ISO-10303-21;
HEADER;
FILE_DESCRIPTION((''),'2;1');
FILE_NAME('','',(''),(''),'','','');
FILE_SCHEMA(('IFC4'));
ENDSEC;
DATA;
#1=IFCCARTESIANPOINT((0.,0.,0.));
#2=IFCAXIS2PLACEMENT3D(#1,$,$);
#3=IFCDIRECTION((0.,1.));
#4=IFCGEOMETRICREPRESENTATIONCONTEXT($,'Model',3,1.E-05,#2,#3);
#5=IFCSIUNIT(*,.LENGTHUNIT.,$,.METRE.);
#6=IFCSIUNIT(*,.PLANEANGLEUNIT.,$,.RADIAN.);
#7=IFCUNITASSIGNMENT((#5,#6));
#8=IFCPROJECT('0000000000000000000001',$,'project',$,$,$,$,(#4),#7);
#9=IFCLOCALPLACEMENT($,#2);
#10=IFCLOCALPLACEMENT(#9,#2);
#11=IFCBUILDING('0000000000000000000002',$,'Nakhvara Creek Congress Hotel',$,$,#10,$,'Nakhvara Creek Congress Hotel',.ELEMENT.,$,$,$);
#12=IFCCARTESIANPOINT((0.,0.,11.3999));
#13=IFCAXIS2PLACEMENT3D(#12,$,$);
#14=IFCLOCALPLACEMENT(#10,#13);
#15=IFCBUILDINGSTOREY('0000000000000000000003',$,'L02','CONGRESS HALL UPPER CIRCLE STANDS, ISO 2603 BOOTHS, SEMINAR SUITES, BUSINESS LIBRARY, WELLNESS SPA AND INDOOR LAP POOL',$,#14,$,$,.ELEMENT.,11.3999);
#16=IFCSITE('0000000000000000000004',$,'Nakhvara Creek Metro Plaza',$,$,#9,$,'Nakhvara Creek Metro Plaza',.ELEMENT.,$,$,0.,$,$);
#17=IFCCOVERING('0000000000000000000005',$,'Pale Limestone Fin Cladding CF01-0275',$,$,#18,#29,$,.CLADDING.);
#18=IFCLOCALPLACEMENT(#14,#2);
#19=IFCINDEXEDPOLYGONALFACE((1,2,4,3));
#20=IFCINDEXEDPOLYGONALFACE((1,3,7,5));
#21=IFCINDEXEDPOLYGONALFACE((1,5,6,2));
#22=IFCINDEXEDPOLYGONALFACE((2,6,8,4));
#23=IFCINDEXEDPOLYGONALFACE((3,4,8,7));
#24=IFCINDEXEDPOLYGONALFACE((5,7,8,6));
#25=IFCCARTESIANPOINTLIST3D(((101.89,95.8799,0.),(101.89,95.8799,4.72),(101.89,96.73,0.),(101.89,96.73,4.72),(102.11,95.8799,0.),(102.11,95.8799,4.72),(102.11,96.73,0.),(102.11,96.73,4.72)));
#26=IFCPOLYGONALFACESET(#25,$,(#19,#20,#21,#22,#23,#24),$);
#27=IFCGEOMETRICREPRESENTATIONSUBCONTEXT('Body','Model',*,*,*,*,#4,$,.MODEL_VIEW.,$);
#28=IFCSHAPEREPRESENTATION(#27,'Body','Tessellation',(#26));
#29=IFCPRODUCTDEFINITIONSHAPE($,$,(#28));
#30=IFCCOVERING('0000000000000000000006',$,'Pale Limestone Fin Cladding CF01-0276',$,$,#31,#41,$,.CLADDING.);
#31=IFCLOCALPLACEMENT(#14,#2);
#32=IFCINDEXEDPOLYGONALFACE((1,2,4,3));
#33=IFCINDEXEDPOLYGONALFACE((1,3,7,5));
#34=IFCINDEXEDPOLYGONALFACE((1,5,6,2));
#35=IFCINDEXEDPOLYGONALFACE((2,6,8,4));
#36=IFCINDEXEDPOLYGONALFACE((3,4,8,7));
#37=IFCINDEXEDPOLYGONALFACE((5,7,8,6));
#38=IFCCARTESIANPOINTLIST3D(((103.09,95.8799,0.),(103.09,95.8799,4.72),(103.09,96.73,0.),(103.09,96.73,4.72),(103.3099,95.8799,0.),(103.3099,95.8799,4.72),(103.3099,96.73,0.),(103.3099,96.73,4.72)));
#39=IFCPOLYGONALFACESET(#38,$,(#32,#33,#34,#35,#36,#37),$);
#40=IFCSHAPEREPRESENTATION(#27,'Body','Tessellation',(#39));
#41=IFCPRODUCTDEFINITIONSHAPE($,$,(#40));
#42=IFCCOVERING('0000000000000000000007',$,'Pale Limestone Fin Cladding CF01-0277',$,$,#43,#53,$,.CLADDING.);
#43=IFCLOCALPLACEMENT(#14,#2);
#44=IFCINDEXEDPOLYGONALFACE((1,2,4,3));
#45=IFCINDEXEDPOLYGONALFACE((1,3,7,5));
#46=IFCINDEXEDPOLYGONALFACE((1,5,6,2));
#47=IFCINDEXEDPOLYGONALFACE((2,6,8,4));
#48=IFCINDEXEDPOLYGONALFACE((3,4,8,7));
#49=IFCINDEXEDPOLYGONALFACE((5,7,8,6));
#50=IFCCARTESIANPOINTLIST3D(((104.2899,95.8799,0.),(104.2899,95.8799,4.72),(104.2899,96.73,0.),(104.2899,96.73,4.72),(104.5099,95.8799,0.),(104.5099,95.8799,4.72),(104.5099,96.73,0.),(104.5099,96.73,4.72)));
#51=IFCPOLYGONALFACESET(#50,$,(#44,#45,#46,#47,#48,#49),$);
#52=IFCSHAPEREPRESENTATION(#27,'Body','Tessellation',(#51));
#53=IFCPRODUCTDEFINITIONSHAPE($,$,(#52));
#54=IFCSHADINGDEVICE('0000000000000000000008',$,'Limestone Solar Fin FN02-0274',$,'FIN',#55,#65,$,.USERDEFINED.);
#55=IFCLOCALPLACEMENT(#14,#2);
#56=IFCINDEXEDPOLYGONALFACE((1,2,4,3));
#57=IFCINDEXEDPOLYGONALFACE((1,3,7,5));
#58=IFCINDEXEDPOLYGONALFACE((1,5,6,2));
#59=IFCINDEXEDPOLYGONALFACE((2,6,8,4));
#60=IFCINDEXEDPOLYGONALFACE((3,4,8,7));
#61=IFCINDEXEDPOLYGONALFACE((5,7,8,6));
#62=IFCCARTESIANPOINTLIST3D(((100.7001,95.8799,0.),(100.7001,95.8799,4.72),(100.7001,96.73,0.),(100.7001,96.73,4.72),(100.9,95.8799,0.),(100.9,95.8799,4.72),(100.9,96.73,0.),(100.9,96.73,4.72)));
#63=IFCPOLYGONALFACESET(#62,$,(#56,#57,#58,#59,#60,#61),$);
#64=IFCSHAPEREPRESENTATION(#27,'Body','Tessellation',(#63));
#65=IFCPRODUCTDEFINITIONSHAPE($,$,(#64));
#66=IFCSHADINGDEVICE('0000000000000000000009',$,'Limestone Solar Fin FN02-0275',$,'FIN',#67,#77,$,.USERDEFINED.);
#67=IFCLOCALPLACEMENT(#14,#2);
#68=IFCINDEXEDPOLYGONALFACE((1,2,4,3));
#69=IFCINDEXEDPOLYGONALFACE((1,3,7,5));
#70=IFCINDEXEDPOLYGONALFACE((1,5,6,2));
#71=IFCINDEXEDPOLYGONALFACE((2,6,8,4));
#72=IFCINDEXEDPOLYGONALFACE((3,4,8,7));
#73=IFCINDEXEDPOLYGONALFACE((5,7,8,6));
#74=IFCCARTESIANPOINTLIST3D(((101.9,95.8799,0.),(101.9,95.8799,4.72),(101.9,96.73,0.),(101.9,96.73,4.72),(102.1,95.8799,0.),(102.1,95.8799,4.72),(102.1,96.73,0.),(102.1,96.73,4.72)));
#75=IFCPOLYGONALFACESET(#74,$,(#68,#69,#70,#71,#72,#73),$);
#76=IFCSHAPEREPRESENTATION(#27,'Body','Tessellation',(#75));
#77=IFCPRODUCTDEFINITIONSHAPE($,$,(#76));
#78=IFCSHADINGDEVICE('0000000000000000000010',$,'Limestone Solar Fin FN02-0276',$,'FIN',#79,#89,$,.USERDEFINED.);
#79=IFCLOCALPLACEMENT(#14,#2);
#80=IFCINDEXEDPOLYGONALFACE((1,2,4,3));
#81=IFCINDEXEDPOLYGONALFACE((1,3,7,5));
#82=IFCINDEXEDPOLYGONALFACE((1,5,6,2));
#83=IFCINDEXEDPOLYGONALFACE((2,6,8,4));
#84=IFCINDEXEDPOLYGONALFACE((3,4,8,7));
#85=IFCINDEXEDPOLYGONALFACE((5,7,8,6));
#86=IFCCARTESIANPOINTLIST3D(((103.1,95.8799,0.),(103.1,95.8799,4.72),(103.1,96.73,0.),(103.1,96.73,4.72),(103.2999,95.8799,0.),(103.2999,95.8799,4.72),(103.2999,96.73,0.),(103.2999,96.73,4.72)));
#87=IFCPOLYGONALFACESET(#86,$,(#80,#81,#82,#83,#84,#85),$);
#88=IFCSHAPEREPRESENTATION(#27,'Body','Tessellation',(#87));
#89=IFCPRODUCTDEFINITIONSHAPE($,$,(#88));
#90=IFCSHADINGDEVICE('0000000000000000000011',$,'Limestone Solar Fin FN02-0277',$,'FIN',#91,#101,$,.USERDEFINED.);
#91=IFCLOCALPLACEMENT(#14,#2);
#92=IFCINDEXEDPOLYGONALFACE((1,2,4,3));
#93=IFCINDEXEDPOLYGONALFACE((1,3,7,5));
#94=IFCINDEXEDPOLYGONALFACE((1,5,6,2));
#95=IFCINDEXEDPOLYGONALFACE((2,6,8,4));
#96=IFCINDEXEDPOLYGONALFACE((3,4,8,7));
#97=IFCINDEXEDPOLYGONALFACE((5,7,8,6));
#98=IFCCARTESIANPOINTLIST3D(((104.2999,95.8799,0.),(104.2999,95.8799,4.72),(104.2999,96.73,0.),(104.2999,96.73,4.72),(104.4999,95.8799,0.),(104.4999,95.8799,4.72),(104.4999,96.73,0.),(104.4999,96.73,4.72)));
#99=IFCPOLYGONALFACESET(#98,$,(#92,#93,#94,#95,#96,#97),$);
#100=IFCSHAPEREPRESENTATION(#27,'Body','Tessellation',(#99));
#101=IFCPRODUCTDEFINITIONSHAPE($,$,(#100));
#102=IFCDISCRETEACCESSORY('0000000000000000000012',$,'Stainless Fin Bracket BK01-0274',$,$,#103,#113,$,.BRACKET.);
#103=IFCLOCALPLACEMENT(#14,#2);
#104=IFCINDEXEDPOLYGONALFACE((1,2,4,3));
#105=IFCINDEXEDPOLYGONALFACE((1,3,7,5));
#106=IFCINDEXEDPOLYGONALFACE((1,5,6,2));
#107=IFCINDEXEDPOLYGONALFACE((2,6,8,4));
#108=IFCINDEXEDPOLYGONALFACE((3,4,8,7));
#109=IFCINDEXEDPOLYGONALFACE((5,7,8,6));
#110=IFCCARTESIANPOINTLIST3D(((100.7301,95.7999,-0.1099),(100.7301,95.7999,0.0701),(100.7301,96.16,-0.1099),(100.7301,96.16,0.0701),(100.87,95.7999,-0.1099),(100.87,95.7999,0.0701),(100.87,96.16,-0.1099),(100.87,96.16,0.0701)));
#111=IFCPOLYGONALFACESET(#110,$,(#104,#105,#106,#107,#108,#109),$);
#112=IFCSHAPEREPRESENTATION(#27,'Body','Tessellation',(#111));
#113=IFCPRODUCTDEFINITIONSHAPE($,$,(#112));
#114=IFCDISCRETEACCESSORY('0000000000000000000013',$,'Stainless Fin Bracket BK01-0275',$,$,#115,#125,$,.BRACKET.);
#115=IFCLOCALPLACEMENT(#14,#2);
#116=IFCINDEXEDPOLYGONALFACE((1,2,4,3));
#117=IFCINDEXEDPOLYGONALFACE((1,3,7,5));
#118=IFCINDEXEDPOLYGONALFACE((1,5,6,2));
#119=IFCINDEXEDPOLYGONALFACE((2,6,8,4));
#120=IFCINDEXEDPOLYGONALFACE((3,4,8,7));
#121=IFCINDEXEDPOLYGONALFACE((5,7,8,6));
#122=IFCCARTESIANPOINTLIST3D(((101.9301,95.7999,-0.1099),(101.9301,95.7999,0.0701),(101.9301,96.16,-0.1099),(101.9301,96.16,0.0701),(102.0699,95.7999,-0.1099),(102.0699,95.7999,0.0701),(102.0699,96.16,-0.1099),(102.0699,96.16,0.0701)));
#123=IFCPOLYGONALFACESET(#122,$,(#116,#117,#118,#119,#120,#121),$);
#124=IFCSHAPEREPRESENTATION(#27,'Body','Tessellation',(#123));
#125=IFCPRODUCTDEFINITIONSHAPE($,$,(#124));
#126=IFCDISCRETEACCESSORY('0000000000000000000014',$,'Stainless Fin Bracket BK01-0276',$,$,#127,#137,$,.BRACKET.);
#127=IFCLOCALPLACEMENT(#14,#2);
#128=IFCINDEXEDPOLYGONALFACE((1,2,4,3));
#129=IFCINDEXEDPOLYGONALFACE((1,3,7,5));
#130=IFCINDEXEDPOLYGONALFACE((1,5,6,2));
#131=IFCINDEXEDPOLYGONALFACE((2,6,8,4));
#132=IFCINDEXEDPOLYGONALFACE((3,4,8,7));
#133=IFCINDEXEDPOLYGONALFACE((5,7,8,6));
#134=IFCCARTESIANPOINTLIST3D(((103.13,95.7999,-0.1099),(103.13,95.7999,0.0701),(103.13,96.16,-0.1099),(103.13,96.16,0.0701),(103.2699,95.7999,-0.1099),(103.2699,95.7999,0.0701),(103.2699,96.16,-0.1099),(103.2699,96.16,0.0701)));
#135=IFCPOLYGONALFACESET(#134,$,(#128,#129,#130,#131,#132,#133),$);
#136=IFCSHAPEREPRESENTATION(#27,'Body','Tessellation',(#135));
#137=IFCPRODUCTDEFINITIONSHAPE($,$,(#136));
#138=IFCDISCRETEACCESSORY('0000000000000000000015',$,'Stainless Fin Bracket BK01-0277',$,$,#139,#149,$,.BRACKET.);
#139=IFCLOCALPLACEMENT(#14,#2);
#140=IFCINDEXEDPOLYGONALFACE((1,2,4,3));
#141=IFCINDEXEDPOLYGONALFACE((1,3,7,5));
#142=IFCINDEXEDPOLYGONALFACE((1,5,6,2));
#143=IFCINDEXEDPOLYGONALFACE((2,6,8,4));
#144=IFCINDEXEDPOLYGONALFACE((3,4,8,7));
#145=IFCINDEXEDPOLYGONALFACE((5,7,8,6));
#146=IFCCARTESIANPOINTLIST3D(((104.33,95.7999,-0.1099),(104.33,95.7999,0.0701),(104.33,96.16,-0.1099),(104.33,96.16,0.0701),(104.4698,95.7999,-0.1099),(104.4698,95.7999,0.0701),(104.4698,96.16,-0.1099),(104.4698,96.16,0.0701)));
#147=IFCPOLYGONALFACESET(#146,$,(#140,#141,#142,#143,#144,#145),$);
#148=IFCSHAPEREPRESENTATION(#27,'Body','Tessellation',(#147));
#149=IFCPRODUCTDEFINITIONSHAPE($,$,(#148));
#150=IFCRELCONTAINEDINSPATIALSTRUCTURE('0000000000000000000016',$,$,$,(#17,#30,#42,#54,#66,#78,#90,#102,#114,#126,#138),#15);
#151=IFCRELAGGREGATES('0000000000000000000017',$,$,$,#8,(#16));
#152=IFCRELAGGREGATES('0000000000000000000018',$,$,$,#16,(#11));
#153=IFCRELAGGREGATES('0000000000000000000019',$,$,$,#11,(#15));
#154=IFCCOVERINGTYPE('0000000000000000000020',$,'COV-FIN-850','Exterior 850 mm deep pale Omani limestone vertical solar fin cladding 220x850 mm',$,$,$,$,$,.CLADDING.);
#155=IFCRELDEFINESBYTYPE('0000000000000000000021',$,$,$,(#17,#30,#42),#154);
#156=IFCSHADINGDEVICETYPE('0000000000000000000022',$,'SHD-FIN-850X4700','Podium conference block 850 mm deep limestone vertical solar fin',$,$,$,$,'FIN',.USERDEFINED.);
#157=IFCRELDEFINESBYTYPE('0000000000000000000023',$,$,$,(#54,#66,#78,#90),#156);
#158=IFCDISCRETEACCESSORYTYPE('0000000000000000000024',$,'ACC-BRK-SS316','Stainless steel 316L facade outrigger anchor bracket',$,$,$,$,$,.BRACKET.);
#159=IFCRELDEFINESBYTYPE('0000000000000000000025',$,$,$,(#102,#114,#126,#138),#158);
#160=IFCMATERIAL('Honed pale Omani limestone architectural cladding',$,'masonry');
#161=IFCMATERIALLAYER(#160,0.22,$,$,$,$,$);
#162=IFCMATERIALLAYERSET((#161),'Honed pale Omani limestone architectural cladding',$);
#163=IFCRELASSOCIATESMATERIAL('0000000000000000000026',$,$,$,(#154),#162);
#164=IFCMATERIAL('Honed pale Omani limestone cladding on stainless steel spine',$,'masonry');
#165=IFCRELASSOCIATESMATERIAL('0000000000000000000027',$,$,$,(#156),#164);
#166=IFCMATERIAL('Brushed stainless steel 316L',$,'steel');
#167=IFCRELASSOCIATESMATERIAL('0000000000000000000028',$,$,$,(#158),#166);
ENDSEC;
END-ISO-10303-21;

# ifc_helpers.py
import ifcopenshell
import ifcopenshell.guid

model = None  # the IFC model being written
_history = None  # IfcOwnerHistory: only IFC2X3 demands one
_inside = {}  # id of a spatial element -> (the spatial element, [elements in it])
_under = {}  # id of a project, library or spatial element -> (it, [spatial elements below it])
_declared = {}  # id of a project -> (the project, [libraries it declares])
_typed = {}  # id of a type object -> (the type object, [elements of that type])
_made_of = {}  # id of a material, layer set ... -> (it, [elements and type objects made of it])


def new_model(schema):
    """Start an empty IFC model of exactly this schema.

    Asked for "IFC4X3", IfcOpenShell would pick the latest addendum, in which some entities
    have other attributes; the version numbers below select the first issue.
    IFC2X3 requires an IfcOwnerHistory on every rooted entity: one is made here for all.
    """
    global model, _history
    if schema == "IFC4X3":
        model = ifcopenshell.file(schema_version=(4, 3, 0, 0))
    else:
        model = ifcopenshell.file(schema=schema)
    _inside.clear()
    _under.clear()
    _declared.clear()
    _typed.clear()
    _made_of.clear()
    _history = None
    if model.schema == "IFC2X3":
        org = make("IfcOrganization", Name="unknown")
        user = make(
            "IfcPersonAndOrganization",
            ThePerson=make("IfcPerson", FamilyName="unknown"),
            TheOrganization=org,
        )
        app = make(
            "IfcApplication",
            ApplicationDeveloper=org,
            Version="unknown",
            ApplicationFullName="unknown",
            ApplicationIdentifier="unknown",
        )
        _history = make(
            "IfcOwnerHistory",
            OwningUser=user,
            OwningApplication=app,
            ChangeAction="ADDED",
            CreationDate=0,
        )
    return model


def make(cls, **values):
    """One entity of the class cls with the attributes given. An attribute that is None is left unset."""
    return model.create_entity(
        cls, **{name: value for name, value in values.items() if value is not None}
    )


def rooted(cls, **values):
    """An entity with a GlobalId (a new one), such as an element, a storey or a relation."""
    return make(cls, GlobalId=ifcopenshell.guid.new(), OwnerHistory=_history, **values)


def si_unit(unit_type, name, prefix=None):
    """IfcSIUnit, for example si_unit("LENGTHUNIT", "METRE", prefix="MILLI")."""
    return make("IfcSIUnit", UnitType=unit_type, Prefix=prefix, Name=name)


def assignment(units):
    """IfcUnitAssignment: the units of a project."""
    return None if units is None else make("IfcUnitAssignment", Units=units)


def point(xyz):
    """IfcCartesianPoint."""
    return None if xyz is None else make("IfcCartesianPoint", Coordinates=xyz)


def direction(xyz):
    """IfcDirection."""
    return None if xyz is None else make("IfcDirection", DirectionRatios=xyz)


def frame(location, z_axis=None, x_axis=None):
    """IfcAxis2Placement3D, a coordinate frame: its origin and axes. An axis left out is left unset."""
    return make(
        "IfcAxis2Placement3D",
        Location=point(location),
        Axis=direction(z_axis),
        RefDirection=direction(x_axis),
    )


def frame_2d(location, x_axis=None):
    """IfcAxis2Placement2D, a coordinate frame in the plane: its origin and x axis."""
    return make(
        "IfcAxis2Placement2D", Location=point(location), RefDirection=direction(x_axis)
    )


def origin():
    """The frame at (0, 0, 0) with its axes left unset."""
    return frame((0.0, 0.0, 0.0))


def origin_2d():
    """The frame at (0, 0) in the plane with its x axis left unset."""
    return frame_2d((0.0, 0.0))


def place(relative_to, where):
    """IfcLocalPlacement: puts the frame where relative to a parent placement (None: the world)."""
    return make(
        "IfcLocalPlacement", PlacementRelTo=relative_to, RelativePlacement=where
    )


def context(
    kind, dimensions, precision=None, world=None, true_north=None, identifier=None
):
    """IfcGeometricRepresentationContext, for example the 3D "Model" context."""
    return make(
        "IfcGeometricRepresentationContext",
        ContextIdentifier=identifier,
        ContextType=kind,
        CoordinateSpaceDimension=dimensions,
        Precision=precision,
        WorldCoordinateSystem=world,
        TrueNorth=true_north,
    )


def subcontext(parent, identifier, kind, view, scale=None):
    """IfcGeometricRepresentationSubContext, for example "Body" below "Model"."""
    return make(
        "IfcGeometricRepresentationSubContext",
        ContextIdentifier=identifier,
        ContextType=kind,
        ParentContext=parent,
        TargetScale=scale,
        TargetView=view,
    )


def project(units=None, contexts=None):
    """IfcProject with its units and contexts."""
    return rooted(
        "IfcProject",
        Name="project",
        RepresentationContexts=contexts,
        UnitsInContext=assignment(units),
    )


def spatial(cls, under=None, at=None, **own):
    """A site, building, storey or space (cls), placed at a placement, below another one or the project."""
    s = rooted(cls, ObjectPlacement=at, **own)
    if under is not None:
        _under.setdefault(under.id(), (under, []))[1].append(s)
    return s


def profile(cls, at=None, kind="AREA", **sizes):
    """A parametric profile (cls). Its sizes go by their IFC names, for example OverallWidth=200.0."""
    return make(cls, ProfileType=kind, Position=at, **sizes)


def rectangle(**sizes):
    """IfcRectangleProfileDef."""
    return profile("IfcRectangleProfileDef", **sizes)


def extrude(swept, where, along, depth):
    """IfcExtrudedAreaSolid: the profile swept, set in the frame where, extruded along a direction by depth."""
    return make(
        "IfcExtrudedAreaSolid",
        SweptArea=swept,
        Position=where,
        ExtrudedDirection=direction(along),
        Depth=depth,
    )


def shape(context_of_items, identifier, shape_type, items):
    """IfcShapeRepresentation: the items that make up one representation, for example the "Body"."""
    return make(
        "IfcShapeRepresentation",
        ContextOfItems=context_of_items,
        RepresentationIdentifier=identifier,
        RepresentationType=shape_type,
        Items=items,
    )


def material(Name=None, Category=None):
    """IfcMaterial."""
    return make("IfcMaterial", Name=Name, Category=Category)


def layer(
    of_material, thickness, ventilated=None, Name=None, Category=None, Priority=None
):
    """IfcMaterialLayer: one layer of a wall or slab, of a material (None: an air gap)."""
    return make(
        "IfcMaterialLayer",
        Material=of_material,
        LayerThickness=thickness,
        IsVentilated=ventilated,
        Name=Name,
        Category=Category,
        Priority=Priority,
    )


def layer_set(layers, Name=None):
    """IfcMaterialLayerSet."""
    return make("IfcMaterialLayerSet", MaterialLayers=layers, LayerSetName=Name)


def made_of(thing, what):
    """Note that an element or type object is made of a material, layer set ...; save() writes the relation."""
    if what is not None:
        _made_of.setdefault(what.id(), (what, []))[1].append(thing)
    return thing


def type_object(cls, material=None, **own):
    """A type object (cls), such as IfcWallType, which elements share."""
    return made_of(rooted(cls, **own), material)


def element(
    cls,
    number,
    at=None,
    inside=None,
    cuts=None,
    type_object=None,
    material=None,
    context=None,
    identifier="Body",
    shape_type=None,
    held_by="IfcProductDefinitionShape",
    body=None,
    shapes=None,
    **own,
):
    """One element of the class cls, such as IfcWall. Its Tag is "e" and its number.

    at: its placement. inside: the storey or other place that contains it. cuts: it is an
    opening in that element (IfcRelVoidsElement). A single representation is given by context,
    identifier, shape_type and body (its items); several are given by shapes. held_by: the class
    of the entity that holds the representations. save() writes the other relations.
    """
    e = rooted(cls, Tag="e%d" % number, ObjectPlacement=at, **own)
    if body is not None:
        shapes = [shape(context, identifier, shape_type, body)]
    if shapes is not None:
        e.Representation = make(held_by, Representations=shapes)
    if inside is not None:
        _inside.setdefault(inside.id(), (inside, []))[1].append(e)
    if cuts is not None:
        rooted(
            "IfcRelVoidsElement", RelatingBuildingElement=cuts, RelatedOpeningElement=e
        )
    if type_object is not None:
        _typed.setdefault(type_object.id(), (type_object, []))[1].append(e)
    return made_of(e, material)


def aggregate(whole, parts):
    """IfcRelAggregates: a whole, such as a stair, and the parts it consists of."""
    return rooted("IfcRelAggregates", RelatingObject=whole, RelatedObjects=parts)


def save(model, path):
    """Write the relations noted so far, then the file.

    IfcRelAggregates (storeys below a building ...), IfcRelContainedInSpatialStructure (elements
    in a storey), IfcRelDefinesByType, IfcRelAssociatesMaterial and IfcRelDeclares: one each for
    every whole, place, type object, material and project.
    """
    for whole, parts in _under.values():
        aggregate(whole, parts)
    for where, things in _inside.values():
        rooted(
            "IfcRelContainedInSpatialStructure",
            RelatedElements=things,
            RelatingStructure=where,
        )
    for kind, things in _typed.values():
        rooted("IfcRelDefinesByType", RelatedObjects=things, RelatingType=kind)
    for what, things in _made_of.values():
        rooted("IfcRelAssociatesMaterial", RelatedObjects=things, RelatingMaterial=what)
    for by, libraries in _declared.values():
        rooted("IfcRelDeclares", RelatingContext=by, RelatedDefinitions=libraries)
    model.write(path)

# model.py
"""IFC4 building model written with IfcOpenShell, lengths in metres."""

from ifc_helpers import new_model, si_unit, direction, frame, origin, origin_2d, place, context, subcontext, project, spatial, rectangle, extrude, material, layer, layer_set, type_object, element, save


model = new_model("IFC4")

# Units and contexts
model_context = context("Model", 3, precision=1e-05, world=origin(), true_north=direction((0.0, 1.0)))
body_context = subcontext(model_context, "Body", "Model", "MODEL_VIEW")
ifc_project = project(units=[si_unit("LENGTHUNIT", "METRE"), si_unit("PLANEANGLEUNIT", "RADIAN")], contexts=[model_context])

# Site, building, storey
site_placement = place(None, origin())
site = spatial("IfcSite", under=ifc_project, at=site_placement, Name="Nakhvara Creek Metro Plaza", LongName="Nakhvara Creek Metro Plaza", CompositionType="ELEMENT", RefElevation=0.0)
building_placement = place(site_placement, origin())
building = spatial("IfcBuilding", under=site, at=building_placement, Name="Nakhvara Creek Congress Hotel", LongName="Nakhvara Creek Congress Hotel", CompositionType="ELEMENT")
storey_placement = place(building_placement, frame((0.0, 0.0, 11.3999)))
storey = spatial("IfcBuildingStorey", under=building, at=storey_placement, Name="L02", Description="CONGRESS HALL UPPER CIRCLE STANDS, ISO 2603 BOOTHS, SEMINAR SUITES, BUSINESS LIBRARY, WELLNESS SPA AND INDOOR LAP POOL", CompositionType="ELEMENT", Elevation=11.3999)

# Coverings
ifc_material_1 = material(Name="Honed pale Omani limestone architectural cladding", Category="masonry")
ifc_layer_1 = layer(ifc_material_1, 0.22)
ifc_layer_set_1 = layer_set([ifc_layer_1], Name="Honed pale Omani limestone architectural cladding")
covering_type = type_object("IfcCoveringType", Name="COV-FIN-850", Description="Exterior 850 mm deep pale Omani limestone vertical solar fin cladding 220x850 mm", PredefinedType="CLADDING", material=ifc_layer_set_1)
for number, where, z_axis, x_axis, name in (
    (1, (102.0, 96.3049, 0.0), (0.0, 0.0, 1.0), (1.0, 0.0, 0.0), "Pale Limestone Fin Cladding CF01-0275"),
    (2, (103.2, 96.3049, 0.0), (0.0, 0.0, 1.0), (1.0, 0.0, 0.0), "Pale Limestone Fin Cladding CF01-0276"),
    (3, (104.3999, 96.3049, 0.0), (0.0, 0.0, 1.0), (1.0, 0.0, 0.0), "Pale Limestone Fin Cladding CF01-0277"),
):
    element("IfcCovering", number, at=place(storey_placement, frame(where, z_axis=z_axis, x_axis=x_axis)), inside=storey, type_object=covering_type, Name=name, PredefinedType="CLADDING", context=body_context, shape_type="SweptSolid", body=[
        extrude(rectangle(XDim=0.22, YDim=0.8501, at=origin_2d()), origin(), (0.0, 0.0, 1.0), 4.72),
    ])

# Shading devices
ifc_material_2 = material(Name="Honed pale Omani limestone cladding on stainless steel spine", Category="masonry")
shading_device_type = type_object("IfcShadingDeviceType", Name="SHD-FIN-850X4700", Description="Podium conference block 850 mm deep limestone vertical solar fin", ElementType="FIN", PredefinedType="USERDEFINED", material=ifc_material_2)
for number, where, z_axis, x_axis, name in (
    (4, (100.8, 96.3049, 0.0), (0.0, 0.0, 1.0), (1.0, 0.0, 0.0), "Limestone Solar Fin FN02-0274"),
    (5, (102.0, 96.3049, 0.0), (0.0, 0.0, 1.0), (1.0, 0.0, 0.0), "Limestone Solar Fin FN02-0275"),
    (6, (103.2, 96.3049, 0.0), (0.0, 0.0, 1.0), (1.0, 0.0, 0.0), "Limestone Solar Fin FN02-0276"),
    (7, (104.3999, 96.3049, 0.0), (0.0, 0.0, 1.0), (1.0, 0.0, 0.0), "Limestone Solar Fin FN02-0277"),
):
    element("IfcShadingDevice", number, at=place(storey_placement, frame(where, z_axis=z_axis, x_axis=x_axis)), inside=storey, type_object=shading_device_type, Name=name, ObjectType="FIN", PredefinedType="USERDEFINED", context=body_context, shape_type="SweptSolid", body=[
        extrude(rectangle(XDim=0.2, YDim=0.8501, at=origin_2d()), origin(), (0.0, 0.0, 1.0), 4.72),
    ])

# Discrete accessories
ifc_material_3 = material(Name="Brushed stainless steel 316L", Category="steel")
discrete_accessory_type = type_object("IfcDiscreteAccessoryType", Name="ACC-BRK-SS316", Description="Stainless steel 316L facade outrigger anchor bracket", PredefinedType="BRACKET", material=ifc_material_3)
for number, where, z_axis, x_axis, name in (
    (8, (100.8, 95.98, -0.1099), (0.0, 0.0, 1.0), (1.0, 0.0, 0.0), "Stainless Fin Bracket BK01-0274"),
    (9, (102.0, 95.98, -0.1099), (0.0, 0.0, 1.0), (1.0, 0.0, 0.0), "Stainless Fin Bracket BK01-0275"),
    (10, (103.2, 95.98, -0.1099), (0.0, 0.0, 1.0), (1.0, 0.0, 0.0), "Stainless Fin Bracket BK01-0276"),
    (11, (104.3999, 95.98, -0.1099), (0.0, 0.0, 1.0), (1.0, 0.0, 0.0), "Stainless Fin Bracket BK01-0277"),
):
    element("IfcDiscreteAccessory", number, at=place(storey_placement, frame(where, z_axis=z_axis, x_axis=x_axis)), inside=storey, type_object=discrete_accessory_type, Name=name, PredefinedType="BRACKET", context=body_context, shape_type="SweptSolid", body=[
        extrude(rectangle(XDim=0.1399, YDim=0.3601, at=origin_2d()), origin(), (0.0, 0.0, 1.0), 0.1799),
    ])

save(model, "model.ifc")
